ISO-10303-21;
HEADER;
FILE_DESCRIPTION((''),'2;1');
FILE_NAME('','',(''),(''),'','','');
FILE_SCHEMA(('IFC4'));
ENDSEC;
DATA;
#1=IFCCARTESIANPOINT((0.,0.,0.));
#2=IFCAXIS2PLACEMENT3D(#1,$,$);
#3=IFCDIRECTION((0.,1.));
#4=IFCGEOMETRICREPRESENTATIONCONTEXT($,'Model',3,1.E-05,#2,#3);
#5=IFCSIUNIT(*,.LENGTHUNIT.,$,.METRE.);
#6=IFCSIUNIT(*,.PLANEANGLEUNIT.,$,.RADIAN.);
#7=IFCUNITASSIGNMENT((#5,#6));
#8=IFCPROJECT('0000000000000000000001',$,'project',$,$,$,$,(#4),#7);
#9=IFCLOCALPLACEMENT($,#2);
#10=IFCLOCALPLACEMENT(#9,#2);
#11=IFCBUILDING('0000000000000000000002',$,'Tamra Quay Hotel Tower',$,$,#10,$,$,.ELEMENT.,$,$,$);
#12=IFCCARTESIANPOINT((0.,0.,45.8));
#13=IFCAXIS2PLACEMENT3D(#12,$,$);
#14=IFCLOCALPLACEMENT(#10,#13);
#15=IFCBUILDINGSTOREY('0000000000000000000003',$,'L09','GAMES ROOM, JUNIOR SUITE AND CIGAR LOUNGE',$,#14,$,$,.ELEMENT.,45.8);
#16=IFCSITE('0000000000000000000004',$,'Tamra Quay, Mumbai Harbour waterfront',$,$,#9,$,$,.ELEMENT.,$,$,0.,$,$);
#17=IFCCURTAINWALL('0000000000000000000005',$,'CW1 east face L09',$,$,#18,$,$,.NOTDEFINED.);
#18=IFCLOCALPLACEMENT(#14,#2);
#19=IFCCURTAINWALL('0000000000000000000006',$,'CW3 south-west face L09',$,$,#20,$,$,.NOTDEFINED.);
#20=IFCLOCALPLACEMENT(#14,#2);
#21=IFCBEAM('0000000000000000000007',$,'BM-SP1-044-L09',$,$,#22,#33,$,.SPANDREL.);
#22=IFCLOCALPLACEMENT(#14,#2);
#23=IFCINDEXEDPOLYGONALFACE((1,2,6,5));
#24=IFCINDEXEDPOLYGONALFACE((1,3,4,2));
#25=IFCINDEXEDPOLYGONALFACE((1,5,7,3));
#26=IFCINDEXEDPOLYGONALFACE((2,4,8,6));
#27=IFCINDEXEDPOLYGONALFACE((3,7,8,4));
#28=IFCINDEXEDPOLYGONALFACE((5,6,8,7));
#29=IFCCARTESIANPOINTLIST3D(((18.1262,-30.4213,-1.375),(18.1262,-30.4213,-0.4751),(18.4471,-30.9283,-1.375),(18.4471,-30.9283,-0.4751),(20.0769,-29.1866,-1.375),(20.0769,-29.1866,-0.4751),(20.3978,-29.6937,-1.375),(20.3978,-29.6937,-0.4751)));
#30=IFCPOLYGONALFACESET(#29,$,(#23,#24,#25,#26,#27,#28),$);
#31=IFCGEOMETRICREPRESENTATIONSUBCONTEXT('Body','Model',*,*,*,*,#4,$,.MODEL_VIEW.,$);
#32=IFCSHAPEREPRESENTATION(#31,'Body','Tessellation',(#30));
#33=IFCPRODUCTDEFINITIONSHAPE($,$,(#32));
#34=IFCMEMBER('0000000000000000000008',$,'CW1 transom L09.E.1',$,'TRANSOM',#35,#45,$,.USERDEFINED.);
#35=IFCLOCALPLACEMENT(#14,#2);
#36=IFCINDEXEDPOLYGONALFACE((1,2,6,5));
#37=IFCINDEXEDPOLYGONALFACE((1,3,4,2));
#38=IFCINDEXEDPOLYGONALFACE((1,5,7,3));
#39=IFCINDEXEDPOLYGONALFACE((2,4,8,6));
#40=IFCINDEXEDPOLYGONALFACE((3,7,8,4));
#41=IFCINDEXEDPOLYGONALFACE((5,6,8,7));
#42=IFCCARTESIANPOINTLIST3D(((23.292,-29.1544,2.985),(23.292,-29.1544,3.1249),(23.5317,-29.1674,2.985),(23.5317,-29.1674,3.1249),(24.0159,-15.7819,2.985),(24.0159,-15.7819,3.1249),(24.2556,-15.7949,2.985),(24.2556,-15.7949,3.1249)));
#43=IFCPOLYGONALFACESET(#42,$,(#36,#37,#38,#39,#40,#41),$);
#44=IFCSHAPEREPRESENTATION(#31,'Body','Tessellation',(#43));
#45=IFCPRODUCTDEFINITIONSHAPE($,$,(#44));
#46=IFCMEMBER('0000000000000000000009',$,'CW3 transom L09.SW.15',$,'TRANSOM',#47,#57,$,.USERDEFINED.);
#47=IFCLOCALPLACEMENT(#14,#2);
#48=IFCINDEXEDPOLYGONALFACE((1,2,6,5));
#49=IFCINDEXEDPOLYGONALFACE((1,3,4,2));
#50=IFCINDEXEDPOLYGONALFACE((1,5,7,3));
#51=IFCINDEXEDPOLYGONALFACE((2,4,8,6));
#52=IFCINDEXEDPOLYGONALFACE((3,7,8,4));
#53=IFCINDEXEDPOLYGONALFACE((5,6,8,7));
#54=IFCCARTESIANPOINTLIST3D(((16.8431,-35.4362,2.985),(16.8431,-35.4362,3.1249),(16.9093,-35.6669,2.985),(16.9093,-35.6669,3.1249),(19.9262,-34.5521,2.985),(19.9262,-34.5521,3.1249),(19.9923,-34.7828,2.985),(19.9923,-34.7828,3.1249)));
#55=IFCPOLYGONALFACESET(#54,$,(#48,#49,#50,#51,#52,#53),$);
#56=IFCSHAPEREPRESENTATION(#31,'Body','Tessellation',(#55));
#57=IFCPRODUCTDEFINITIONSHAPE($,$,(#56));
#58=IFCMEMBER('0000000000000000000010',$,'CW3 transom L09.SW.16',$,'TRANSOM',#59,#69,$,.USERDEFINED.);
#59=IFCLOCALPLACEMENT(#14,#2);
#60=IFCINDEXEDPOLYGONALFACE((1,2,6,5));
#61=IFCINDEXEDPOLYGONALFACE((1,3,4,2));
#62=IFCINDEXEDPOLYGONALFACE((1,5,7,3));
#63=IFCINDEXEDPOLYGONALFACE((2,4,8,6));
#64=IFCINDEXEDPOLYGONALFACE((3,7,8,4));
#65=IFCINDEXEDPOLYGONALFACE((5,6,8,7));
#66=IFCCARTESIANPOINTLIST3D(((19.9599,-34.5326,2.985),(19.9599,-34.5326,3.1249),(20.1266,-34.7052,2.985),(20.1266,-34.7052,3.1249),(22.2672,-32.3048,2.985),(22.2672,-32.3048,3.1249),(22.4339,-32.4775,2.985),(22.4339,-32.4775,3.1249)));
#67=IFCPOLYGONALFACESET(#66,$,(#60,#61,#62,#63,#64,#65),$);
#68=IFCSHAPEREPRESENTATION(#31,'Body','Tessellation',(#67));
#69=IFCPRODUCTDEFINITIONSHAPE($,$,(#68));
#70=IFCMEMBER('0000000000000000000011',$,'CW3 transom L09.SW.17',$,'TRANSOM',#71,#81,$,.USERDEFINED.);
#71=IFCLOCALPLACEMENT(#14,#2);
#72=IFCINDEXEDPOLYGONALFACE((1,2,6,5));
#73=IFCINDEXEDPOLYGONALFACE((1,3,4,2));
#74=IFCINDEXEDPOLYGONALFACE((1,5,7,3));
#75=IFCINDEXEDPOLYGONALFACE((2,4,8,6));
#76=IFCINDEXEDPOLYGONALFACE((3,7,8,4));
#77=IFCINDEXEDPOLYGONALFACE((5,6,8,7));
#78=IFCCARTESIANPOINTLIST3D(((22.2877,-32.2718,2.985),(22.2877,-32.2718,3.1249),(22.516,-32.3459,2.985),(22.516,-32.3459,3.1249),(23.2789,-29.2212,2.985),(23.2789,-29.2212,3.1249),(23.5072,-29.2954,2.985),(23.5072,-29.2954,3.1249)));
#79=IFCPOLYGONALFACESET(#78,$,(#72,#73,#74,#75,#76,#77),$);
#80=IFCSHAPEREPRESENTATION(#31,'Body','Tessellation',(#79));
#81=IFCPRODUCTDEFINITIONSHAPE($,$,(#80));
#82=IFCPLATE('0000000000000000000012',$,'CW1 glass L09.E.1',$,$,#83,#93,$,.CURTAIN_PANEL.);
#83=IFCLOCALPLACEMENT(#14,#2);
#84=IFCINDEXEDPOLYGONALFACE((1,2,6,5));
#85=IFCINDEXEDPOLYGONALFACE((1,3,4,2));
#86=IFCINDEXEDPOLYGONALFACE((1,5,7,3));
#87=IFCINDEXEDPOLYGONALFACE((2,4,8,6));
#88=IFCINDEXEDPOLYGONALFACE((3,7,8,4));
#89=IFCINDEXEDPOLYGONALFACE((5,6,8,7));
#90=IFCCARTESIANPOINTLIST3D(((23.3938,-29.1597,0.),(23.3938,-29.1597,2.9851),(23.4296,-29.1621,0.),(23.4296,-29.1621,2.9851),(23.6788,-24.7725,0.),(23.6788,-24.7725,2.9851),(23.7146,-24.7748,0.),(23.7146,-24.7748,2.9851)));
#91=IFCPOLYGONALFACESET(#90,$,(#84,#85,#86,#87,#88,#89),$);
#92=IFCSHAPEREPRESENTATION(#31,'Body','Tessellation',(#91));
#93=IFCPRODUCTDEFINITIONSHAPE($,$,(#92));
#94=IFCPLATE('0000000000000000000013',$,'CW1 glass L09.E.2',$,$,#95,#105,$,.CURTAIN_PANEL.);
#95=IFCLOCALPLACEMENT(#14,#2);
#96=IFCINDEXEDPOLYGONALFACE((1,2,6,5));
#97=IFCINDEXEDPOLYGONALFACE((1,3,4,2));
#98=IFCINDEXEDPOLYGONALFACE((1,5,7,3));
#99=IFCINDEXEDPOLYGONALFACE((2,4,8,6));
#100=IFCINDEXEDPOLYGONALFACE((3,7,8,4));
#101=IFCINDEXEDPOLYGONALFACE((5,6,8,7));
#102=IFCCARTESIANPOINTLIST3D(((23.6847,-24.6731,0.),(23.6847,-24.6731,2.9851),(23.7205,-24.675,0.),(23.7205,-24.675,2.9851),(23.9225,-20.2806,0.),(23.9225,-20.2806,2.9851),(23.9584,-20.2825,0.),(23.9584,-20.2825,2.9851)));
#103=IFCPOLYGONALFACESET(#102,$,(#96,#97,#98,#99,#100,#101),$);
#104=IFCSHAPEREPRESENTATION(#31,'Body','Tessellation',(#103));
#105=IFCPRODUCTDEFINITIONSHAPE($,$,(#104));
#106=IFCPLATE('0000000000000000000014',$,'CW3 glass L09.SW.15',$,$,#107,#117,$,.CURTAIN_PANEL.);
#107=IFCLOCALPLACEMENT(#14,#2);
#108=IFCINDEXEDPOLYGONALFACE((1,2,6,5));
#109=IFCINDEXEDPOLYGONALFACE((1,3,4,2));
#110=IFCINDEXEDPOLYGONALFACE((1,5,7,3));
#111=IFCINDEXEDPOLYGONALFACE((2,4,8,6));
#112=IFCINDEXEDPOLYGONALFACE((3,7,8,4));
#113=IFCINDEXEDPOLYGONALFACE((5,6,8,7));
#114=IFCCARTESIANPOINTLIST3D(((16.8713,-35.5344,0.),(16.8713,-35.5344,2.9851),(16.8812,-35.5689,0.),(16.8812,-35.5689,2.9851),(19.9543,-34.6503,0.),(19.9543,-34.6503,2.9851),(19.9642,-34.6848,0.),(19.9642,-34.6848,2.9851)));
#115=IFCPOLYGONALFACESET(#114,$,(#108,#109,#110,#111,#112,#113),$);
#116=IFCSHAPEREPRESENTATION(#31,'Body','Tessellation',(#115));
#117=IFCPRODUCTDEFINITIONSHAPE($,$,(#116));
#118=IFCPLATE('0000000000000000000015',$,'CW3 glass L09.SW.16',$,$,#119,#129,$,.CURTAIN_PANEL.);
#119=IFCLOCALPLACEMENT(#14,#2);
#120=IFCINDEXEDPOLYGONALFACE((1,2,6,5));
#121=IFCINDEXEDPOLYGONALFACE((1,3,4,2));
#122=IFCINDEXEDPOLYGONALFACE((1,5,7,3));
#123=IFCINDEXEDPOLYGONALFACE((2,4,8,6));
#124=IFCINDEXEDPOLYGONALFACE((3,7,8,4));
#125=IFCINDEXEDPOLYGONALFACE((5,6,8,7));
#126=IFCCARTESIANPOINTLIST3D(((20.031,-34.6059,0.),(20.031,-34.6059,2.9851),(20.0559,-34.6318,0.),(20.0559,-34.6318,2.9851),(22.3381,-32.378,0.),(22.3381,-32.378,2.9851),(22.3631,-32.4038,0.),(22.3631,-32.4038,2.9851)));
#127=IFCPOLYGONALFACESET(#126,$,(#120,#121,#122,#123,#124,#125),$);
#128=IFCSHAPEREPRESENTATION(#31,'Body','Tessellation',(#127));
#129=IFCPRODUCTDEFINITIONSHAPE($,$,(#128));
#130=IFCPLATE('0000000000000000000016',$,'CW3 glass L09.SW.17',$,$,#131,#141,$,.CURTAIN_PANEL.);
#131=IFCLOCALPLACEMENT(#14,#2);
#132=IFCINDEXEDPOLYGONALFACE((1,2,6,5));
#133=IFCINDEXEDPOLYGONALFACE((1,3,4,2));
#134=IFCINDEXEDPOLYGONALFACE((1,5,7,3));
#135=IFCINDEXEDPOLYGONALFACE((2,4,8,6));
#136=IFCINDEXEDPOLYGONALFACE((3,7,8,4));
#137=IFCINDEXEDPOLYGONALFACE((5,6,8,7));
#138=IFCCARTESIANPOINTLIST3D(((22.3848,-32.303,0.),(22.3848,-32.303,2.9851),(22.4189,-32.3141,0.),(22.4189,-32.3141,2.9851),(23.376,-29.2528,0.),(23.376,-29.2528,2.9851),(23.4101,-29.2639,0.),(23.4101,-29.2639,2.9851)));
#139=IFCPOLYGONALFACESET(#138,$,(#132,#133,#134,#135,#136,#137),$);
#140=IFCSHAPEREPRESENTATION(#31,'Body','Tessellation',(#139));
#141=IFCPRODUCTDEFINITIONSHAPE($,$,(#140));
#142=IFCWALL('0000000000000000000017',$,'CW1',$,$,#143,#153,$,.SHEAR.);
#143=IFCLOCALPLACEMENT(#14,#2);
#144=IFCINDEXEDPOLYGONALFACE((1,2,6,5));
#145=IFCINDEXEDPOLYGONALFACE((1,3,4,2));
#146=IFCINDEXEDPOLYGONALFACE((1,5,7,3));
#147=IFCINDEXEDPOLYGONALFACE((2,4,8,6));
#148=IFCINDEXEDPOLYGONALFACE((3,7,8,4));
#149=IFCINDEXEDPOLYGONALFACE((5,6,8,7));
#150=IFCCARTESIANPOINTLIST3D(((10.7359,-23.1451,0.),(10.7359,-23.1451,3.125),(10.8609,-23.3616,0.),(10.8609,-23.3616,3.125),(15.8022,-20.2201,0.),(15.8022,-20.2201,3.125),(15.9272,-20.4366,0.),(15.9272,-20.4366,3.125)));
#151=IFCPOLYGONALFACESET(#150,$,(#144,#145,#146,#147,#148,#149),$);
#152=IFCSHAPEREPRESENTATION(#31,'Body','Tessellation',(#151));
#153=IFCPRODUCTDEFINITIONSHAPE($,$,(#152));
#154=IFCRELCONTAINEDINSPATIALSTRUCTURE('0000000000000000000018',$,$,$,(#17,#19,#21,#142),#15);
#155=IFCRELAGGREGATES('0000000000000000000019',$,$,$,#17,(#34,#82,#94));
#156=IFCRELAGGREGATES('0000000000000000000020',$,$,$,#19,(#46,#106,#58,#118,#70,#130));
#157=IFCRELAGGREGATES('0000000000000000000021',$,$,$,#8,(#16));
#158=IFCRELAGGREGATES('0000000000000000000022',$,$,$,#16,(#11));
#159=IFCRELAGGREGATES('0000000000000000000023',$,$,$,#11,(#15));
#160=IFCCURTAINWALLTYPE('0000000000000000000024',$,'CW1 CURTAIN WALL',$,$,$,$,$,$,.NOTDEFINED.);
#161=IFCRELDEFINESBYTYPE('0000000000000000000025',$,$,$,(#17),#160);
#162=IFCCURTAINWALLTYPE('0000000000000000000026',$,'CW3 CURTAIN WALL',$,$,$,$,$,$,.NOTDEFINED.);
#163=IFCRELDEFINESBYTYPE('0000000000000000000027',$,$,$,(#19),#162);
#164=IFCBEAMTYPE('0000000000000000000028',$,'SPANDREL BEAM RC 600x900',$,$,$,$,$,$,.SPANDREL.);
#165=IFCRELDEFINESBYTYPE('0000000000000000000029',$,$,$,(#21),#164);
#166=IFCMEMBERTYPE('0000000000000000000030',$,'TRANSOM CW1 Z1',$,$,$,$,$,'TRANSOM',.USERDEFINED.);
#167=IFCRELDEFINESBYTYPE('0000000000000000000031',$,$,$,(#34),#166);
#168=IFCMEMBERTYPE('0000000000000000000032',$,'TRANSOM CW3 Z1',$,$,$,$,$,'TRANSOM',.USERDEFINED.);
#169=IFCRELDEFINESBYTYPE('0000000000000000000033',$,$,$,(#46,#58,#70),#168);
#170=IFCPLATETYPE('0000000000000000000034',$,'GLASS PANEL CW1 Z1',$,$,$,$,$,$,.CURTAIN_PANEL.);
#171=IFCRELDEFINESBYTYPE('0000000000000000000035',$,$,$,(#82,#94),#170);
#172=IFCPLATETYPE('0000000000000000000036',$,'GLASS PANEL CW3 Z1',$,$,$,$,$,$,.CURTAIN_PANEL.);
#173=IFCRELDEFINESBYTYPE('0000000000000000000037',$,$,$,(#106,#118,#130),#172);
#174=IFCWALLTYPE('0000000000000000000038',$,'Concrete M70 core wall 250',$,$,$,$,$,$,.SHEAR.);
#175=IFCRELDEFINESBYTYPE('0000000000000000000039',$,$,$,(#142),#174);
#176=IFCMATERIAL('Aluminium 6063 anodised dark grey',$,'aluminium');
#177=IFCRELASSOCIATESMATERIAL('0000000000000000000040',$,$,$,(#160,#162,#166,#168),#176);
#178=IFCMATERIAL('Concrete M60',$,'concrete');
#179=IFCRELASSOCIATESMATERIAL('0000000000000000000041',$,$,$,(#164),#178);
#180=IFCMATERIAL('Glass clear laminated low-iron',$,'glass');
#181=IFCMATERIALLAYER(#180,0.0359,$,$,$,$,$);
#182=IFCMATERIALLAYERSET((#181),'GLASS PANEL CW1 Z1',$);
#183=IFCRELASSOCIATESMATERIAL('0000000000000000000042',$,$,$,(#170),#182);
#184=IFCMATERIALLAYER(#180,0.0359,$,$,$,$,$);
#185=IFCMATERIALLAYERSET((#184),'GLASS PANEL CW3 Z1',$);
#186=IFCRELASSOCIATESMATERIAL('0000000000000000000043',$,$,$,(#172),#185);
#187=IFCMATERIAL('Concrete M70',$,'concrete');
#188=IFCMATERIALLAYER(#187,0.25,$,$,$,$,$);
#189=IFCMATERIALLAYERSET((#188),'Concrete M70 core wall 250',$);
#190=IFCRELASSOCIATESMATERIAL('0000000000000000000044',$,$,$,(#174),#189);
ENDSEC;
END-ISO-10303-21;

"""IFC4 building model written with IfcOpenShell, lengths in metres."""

from ifc_helpers import new_model, si_unit, direction, frame, frame_2d, origin, origin_2d, place, context, subcontext, project, spatial, rectangle, extrude, material, layer, layer_set, material_profile, profile_set, type_object, element, aggregate, save


model = new_model("IFC4")

# Units and contexts
model_context = context("Model", 3, precision=1e-05, world=origin(), true_north=direction((0.0, 1.0)))
body_context = subcontext(model_context, "Body", "Model", "MODEL_VIEW")
ifc_project = project(units=[si_unit("LENGTHUNIT", "METRE"), si_unit("PLANEANGLEUNIT", "RADIAN")], contexts=[model_context])

# Site, building, storey
site_placement = place(None, origin())
site = spatial("IfcSite", under=ifc_project, at=site_placement, Name="Tamra Quay, Mumbai Harbour waterfront", CompositionType="ELEMENT", RefElevation=0.0)
building_placement = place(site_placement, origin())
building = spatial("IfcBuilding", under=site, at=building_placement, Name="Tamra Quay Hotel Tower", CompositionType="ELEMENT")
storey_placement = place(building_placement, frame((0.0, 0.0, 45.8)))
storey = spatial("IfcBuildingStorey", under=building, at=storey_placement, Name="L09", Description="GAMES ROOM, JUNIOR SUITE AND CIGAR LOUNGE", CompositionType="ELEMENT", Elevation=45.8)

# Shared definitions
ifc_material_1 = material(Name="Concrete M70", Category="concrete")

# Curtain walls
ifc_material_2 = material(Name="Aluminium 6063 anodised dark grey", Category="aluminium")
curtain_wall_type_1 = type_object("IfcCurtainWallType", Name="CW1 CURTAIN WALL", PredefinedType="NOTDEFINED", material=ifc_material_2)
curtain_wall_1_placement = place(storey_placement, origin())
curtain_wall_1 = element("IfcCurtainWall", 1, at=curtain_wall_1_placement, inside=storey, type_object=curtain_wall_type_1, Name="CW1 east face L09", PredefinedType="NOTDEFINED")
curtain_wall_type_2 = type_object("IfcCurtainWallType", Name="CW3 CURTAIN WALL", PredefinedType="NOTDEFINED", material=ifc_material_2)
curtain_wall_2_placement = place(storey_placement, origin())
curtain_wall_2 = element("IfcCurtainWall", 2, at=curtain_wall_2_placement, inside=storey, type_object=curtain_wall_type_2, Name="CW3 south-west face L09", PredefinedType="NOTDEFINED")

# Beam
ifc_material_3 = material(Name="Concrete M60", Category="concrete")
ifc_material_profile_1 = material_profile(ifc_material_3, rectangle(XDim=0.6001, YDim=0.8999, at=origin_2d()), Name="SPANDREL BEAM RC 600x900")
ifc_profile_set_1 = profile_set([ifc_material_profile_1], Name="Concrete M60")
beam_type = type_object("IfcBeamType", Name="SPANDREL BEAM RC 600x900", PredefinedType="SPANDREL", material=ifc_profile_set_1)
beam_1_placement = place(storey_placement, frame((18.2866, -30.6748, -0.925), z_axis=(0.844978, 0.5348, 0.0), x_axis=(-0.5348, 0.844978, 0.0)))
element("IfcBeam", 3, at=beam_1_placement, inside=storey, type_object=beam_type, Name="BM-SP1-044-L09", PredefinedType="SPANDREL", context=body_context, shape_type="SweptSolid", body=[
    extrude(rectangle(XDim=0.6001, YDim=0.8999, at=origin_2d()), origin(), (0.0, 0.0, 1.0), 2.3086),
])

# Members
ifc_material_profile_2 = material_profile(ifc_material_2, rectangle(XDim=0.24, YDim=0.1399, at=origin_2d()), Name="TRANSOM 240X140")
ifc_profile_set_2 = profile_set([ifc_material_profile_2], Name="Aluminium 6063 anodised dark grey")
member_type_1 = type_object("IfcMemberType", Name="TRANSOM CW1 Z1", ElementType="TRANSOM", PredefinedType="USERDEFINED", material=ifc_profile_set_2)
member_1_placement = place(storey_placement, frame((23.4119, -29.1609, 3.0549), z_axis=(0.054052, 0.998538, 0.0), x_axis=(-0.998538, 0.054052, 0.0)))
member_1 = element("IfcMember", 4, at=member_1_placement, type_object=member_type_1, Name="CW1 transom L09.E.1", ObjectType="TRANSOM", PredefinedType="USERDEFINED", context=body_context, shape_type="SweptSolid", body=[
    extrude(rectangle(XDim=0.24, YDim=0.1399, at=origin_2d()), origin(), (0.0, 0.0, 1.0), 13.3921),
])
ifc_material_profile_3 = material_profile(ifc_material_2, rectangle(XDim=0.24, YDim=0.1399, at=origin_2d()), Name="TRANSOM 240X140")
ifc_profile_set_3 = profile_set([ifc_material_profile_3], Name="Aluminium 6063 anodised dark grey")
member_type_2 = type_object("IfcMemberType", Name="TRANSOM CW3 Z1", ElementType="TRANSOM", PredefinedType="USERDEFINED", material=ifc_profile_set_3)
member_2_placement = place(storey_placement, frame((16.8762, -35.5515, 3.0549), z_axis=(0.961262, 0.275636, 0.0), x_axis=(-0.275636, 0.961262, 0.0)))
member_2 = element("IfcMember", 5, at=member_2_placement, type_object=member_type_2, Name="CW3 transom L09.SW.15", ObjectType="TRANSOM", PredefinedType="USERDEFINED", context=body_context, shape_type="SweptSolid", body=[
    extrude(rectangle(XDim=0.24, YDim=0.1399, at=origin_2d()), origin(), (0.0, 0.0, 1.0), 3.2073),
])
member_3_placement = place(storey_placement, frame((20.0432, -34.6189, 3.0549), z_axis=(0.719405, 0.69459, 0.0), x_axis=(-0.69459, 0.719405, 0.0)))
member_3 = element("IfcMember", 6, at=member_3_placement, type_object=member_type_2, Name="CW3 transom L09.SW.16", ObjectType="TRANSOM", PredefinedType="USERDEFINED", context=body_context, shape_type="SweptSolid", body=[
    extrude(rectangle(XDim=0.24, YDim=0.1399, at=origin_2d()), origin(), (0.0, 0.0, 1.0), 3.2073),
])
member_4_placement = place(storey_placement, frame((22.4019, -32.3088, 3.0549), z_axis=(0.309026, 0.951054, 0.0), x_axis=(-0.951054, 0.309026, 0.0)))
member_4 = element("IfcMember", 7, at=member_4_placement, type_object=member_type_2, Name="CW3 transom L09.SW.17", ObjectType="TRANSOM", PredefinedType="USERDEFINED", context=body_context, shape_type="SweptSolid", body=[
    extrude(rectangle(XDim=0.24, YDim=0.1399, at=origin_2d()), origin(), (0.0, 0.0, 1.0), 3.2075),
])

# Plates
ifc_material_4 = material(Name="Glass clear laminated low-iron", Category="glass")
ifc_layer_1 = layer(ifc_material_4, 0.0359)
ifc_layer_set_1 = layer_set([ifc_layer_1], Name="GLASS PANEL CW1 Z1")
plate_type_1 = type_object("IfcPlateType", Name="GLASS PANEL CW1 Z1", PredefinedType="CURTAIN_PANEL", material=ifc_layer_set_1)
plate_1_placement = place(storey_placement, frame((23.5542, -26.9673, 0.0), z_axis=(0.0, 0.0, 1.0), x_axis=(0.064813, 0.997897, 0.0)))
plate_1 = element("IfcPlate", 8, at=plate_1_placement, type_object=plate_type_1, Name="CW1 glass L09.E.1", PredefinedType="CURTAIN_PANEL", context=body_context, shape_type="SweptSolid", body=[
    extrude(rectangle(XDim=4.3965, YDim=0.0359, at=origin_2d()), origin(), (0.0, 0.0, 1.0), 2.9851),
])
plate_2_placement = place(storey_placement, frame((23.8215, -22.4778, 0.0), z_axis=(0.0, 0.0, 1.0), x_axis=(0.054062, 0.998538, 0.0)))
plate_2 = element("IfcPlate", 9, at=plate_2_placement, type_object=plate_type_1, Name="CW1 glass L09.E.2", PredefinedType="CURTAIN_PANEL", context=body_context, shape_type="SweptSolid", body=[
    extrude(rectangle(XDim=4.3989, YDim=0.0359, at=origin_2d()), origin(), (0.0, 0.0, 1.0), 2.9851),
])
aggregate(curtain_wall_1, [member_1, plate_1, plate_2])
ifc_layer_2 = layer(ifc_material_4, 0.0359)
ifc_layer_set_2 = layer_set([ifc_layer_2], Name="GLASS PANEL CW3 Z1")
plate_type_2 = type_object("IfcPlateType", Name="GLASS PANEL CW3 Z1", PredefinedType="CURTAIN_PANEL", material=ifc_layer_set_2)
plate_3_placement = place(storey_placement, frame((18.4177, -35.1096, 0.0), z_axis=(0.0, 0.0, 1.0), x_axis=(0.961259, 0.275645, 0.0)))
plate_3 = element("IfcPlate", 10, at=plate_3_placement, type_object=plate_type_2, Name="CW3 glass L09.SW.15", PredefinedType="CURTAIN_PANEL", context=body_context, shape_type="SweptSolid", body=[
    extrude(rectangle(XDim=3.2073, YDim=0.0359, at=origin_2d()), origin(), (0.0, 0.0, 1.0), 2.9851),
])
plate_4_placement = place(storey_placement, frame((21.197, -33.5049, 0.0), z_axis=(0.0, 0.0, 1.0), x_axis=(0.719346, 0.694652, 0.0)))
plate_4 = element("IfcPlate", 11, at=plate_4_placement, type_object=plate_type_2, Name="CW3 glass L09.SW.16", PredefinedType="CURTAIN_PANEL", context=body_context, shape_type="SweptSolid", body=[
    extrude(rectangle(XDim=3.2073, YDim=0.0359, at=origin_2d()), origin(), (0.0, 0.0, 1.0), 2.9851),
])
plate_5_placement = place(storey_placement, frame((22.8975, -30.7834, 0.0), z_axis=(0.0, 0.0, 1.0), x_axis=(0.309041, 0.951049, 0.0)))
plate_5 = element("IfcPlate", 12, at=plate_5_placement, type_object=plate_type_2, Name="CW3 glass L09.SW.17", PredefinedType="CURTAIN_PANEL", context=body_context, shape_type="SweptSolid", body=[
    extrude(rectangle(XDim=3.2073, YDim=0.0359, at=origin_2d()), origin(), (0.0, 0.0, 1.0), 2.9851),
])
aggregate(curtain_wall_2, [member_2, plate_3, member_3, plate_4, member_4, plate_5])

# Wall
ifc_layer_3 = layer(ifc_material_1, 0.25)
ifc_layer_set_3 = layer_set([ifc_layer_3], Name="Concrete M70 core wall 250")
wall_type = type_object("IfcWallType", Name="Concrete M70 core wall 250", PredefinedType="SHEAR", material=ifc_layer_set_3)
wall_placement = place(storey_placement, frame((15.8647, -20.3284, 0.0), z_axis=(0.0, 0.0, 1.0), x_axis=(-0.866029, -0.499995, 0.0)))
element("IfcWall", 13, at=wall_placement, inside=storey, type_object=wall_type, Name="CW1", PredefinedType="SHEAR", context=body_context, shape_type="SweptSolid", body=[
    extrude(rectangle(XDim=5.8501, YDim=0.25, at=frame_2d((2.925, 0.0))), origin(), (0.0, 0.0, 1.0), 3.125),
])

save(model, "model.ifc")
